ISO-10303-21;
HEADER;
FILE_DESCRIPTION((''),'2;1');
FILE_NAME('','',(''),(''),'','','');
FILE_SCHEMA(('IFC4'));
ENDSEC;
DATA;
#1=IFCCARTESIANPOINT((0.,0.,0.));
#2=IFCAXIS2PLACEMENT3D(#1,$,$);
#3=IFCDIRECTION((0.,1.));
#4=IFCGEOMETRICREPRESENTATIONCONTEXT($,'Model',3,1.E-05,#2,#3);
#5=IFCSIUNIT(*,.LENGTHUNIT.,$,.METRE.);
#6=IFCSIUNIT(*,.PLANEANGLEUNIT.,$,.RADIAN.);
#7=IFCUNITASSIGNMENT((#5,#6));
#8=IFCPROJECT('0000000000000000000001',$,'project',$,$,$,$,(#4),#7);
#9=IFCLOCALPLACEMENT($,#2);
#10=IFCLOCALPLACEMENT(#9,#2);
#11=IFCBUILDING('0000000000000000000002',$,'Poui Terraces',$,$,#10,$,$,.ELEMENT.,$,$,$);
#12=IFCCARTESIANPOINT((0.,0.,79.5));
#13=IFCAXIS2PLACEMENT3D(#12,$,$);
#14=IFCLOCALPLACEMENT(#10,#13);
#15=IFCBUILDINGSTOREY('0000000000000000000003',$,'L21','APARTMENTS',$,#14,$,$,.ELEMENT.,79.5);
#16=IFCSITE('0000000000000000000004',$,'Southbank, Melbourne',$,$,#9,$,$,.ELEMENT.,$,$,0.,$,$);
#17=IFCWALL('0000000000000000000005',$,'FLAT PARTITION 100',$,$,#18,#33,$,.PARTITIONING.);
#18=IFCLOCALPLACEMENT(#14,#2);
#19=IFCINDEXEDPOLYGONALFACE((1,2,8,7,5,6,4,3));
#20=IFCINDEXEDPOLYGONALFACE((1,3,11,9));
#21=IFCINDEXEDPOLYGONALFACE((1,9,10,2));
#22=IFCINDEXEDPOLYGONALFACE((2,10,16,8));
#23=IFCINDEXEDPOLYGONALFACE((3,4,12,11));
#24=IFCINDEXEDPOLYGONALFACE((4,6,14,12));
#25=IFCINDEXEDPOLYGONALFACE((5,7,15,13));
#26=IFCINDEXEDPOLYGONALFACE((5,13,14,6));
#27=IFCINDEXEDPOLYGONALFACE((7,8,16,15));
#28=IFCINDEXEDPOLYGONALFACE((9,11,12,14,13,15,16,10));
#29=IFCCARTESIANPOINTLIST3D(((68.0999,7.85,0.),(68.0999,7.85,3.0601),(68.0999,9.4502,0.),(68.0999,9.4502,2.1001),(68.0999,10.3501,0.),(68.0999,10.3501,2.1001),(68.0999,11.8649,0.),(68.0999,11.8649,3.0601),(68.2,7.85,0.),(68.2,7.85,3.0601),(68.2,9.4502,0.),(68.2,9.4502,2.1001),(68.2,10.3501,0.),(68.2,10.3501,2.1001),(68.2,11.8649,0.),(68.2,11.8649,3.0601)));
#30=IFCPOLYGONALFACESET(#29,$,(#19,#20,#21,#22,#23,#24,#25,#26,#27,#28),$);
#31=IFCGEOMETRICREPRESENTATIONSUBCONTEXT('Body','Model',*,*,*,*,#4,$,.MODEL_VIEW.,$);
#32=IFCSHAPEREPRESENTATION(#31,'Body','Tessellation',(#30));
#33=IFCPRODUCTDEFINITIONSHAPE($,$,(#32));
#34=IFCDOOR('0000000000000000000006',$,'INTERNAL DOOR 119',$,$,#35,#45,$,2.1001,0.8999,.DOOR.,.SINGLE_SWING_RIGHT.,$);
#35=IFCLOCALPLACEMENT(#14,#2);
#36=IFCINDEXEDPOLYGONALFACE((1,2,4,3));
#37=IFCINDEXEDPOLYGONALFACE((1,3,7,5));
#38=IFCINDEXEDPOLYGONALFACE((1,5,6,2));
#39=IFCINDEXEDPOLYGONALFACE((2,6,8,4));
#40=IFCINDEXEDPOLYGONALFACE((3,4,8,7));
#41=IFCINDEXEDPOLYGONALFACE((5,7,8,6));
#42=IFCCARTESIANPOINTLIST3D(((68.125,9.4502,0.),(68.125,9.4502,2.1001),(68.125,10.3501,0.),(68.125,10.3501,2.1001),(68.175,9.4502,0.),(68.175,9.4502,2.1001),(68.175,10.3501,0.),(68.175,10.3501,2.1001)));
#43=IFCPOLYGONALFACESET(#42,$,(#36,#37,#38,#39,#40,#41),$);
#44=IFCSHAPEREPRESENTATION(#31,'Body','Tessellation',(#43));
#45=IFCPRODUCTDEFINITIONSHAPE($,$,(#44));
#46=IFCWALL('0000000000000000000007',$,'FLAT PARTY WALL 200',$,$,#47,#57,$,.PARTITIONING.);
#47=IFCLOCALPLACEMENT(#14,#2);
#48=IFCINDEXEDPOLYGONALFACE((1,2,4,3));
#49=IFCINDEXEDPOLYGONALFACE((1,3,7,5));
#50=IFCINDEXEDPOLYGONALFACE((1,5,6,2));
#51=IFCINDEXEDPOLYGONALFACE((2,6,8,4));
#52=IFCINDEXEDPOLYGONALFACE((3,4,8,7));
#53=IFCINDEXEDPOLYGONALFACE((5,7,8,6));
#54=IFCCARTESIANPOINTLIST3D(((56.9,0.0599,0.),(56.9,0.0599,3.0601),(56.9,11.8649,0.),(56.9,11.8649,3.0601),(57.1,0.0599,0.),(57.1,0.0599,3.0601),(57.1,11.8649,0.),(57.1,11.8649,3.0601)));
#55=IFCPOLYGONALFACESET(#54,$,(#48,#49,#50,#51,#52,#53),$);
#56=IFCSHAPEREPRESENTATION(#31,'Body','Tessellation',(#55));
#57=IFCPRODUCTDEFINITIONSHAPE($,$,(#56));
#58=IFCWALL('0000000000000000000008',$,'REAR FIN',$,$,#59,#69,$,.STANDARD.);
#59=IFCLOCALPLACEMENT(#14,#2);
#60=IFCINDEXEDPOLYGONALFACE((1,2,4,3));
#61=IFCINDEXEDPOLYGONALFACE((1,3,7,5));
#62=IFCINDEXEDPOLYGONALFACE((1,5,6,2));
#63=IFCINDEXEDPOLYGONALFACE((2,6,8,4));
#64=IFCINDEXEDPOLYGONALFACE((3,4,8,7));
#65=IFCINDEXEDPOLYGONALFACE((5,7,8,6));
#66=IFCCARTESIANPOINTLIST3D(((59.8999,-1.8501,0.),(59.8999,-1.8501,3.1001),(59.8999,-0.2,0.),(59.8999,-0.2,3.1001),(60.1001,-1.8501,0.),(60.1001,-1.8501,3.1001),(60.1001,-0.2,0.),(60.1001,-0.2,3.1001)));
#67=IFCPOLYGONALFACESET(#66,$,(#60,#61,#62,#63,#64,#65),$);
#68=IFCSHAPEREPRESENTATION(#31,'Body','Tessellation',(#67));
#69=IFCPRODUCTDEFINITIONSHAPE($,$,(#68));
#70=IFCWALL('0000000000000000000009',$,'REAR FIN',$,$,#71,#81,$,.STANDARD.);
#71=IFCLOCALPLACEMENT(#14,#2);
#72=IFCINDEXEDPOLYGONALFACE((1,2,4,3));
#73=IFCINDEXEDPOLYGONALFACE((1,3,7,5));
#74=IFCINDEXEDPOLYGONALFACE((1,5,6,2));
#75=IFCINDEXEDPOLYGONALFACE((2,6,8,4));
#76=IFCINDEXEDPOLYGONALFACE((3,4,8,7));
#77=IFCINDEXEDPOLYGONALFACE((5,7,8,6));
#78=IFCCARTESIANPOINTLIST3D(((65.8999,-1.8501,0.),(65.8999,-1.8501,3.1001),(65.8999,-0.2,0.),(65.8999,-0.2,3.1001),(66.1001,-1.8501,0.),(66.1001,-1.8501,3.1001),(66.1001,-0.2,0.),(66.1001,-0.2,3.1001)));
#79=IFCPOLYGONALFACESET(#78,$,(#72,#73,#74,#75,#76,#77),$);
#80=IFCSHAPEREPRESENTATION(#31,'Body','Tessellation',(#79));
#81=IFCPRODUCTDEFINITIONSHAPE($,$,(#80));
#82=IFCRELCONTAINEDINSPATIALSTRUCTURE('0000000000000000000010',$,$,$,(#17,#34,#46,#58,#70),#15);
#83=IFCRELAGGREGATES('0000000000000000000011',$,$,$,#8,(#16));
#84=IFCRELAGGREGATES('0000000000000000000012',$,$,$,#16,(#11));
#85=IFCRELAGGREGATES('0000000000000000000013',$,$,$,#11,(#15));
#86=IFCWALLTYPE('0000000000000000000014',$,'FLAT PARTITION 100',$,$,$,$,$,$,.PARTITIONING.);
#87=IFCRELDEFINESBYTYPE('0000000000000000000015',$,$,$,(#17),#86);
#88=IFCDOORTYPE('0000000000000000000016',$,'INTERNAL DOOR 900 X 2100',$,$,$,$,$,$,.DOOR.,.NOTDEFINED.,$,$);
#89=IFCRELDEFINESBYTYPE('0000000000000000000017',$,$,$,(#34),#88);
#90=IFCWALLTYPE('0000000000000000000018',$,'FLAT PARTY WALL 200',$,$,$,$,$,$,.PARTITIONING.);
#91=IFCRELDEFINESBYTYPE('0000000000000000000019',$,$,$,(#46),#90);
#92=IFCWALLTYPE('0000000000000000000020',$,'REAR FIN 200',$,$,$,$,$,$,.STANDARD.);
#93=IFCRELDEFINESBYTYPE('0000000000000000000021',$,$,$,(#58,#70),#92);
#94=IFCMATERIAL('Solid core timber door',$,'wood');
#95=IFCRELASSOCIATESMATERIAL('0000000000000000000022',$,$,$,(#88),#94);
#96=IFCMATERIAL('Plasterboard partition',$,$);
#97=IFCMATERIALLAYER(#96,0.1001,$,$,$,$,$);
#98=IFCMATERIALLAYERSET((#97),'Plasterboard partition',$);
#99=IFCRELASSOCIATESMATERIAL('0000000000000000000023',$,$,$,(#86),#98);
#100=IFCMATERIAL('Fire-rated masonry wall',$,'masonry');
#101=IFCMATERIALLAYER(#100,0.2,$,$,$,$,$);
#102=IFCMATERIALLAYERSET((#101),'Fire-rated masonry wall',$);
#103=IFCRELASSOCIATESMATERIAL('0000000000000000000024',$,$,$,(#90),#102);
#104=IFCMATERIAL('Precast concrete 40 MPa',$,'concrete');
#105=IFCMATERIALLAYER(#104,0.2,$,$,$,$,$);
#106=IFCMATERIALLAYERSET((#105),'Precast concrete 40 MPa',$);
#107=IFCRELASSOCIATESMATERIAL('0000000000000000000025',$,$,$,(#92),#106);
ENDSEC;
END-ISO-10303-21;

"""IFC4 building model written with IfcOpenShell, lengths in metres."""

from ifc_helpers import new_model, si_unit, direction, frame, frame_2d, origin, place, context, subcontext, project, spatial, polyline, rectangle, outline, extrude, source, transform, mapped, material, layer, layer_set, type_object, element, fill, save


model = new_model("IFC4")

# Units and contexts
model_context = context("Model", 3, precision=1e-05, world=origin(), true_north=direction((0.0, 1.0)))
body_context = subcontext(model_context, "Body", "Model", "MODEL_VIEW")
ifc_project = project(units=[si_unit("LENGTHUNIT", "METRE"), si_unit("PLANEANGLEUNIT", "RADIAN")], contexts=[model_context])

# Site, building, storey
site_placement = place(None, origin())
site = spatial("IfcSite", under=ifc_project, at=site_placement, Name="Southbank, Melbourne", CompositionType="ELEMENT", RefElevation=0.0)
building_placement = place(site_placement, origin())
building = spatial("IfcBuilding", under=site, at=building_placement, Name="Poui Terraces", CompositionType="ELEMENT")
storey_placement = place(building_placement, frame((0.0, 0.0, 79.5)))
storey = spatial("IfcBuildingStorey", under=building, at=storey_placement, Name="L21", Description="APARTMENTS", CompositionType="ELEMENT", Elevation=79.5)

# Shared definitions
ifc_material_1 = material(Name="Precast concrete 40 MPa", Category="concrete")

# Shared definitions
ifc_material_2 = material(Name="Solid core timber door", Category="wood")
door_type_1 = type_object("IfcDoorType", Name="INTERNAL DOOR 900 X 2100", OperationType="NOTDEFINED", PredefinedType="DOOR", material=ifc_material_2)

# Shared definitions
ifc_material_3 = material(Name="Plasterboard partition")
ifc_layer_1 = layer(ifc_material_3, 0.1001)
ifc_layer_set_1 = layer_set([ifc_layer_1], Name="Plasterboard partition")
wall_type_1 = type_object("IfcWallType", Name="FLAT PARTITION 100", PredefinedType="PARTITIONING", material=ifc_layer_set_1)

# Wall, opening, door
wall_1_placement = place(storey_placement, frame((68.1499, 7.8501, 0.0), z_axis=(0.0, 0.0, 1.0), x_axis=(0.0, 1.0, 0.0)))
wall_1 = element("IfcWall", 1, at=wall_1_placement, inside=storey, type_object=wall_type_1, Name="FLAT PARTITION 100", PredefinedType="PARTITIONING", context=body_context, shape_type="SweptSolid", body=[
    extrude(rectangle(XDim=4.0149, YDim=0.1001, at=frame_2d((2.0073, 0.0))), origin(), (0.0, 0.0, 1.0), 3.0601),
])
opening_1_placement = place(wall_1_placement, frame((1.6001, 0.0, 0.0)))
opening_1 = element("IfcOpeningElement", 2, at=opening_1_placement, cuts=wall_1, PredefinedType="OPENING", context=body_context, shape_type="SweptSolid", body=[
    extrude(rectangle(XDim=0.8999, YDim=2.1001, at=frame_2d((0.45, 1.05))), frame((0.0, 0.0601, 0.0), z_axis=(0.0, -1.0, 0.0), x_axis=(1.0, 0.0, 0.0)), (0.0, 0.0, 1.0), 0.1201),
])
door_1_placement = place(opening_1_placement, origin())
door_1 = element("IfcDoor", 3, at=door_1_placement, inside=storey, type_object=door_type_1, Name="INTERNAL DOOR 119", OperationType="SINGLE_SWING_RIGHT", OverallHeight=2.1001, OverallWidth=0.8999, PredefinedType="DOOR", context=body_context, shape_type="SweptSolid", body=[
    extrude(rectangle(XDim=0.8999, YDim=2.1001, at=frame_2d((0.45, 1.05))), frame((0.0, 0.0249, 0.0), z_axis=(0.0, -1.0, 0.0), x_axis=(1.0, 0.0, 0.0)), (0.0, 0.0, 1.0), 0.05),
])
fill(opening_1, door_1)

# Walls
ifc_material_4 = material(Name="Fire-rated masonry wall", Category="masonry")
ifc_layer_2 = layer(ifc_material_4, 0.2)
ifc_layer_set_2 = layer_set([ifc_layer_2], Name="Fire-rated masonry wall")
wall_type_2 = type_object("IfcWallType", Name="FLAT PARTY WALL 200", PredefinedType="PARTITIONING", material=ifc_layer_set_2)
wall_2_placement = place(storey_placement, frame((57.0, 0.0601, 0.0), z_axis=(0.0, 0.0, 1.0), x_axis=(0.0, 1.0, 0.0)))
element("IfcWall", 4, at=wall_2_placement, inside=storey, type_object=wall_type_2, Name="FLAT PARTY WALL 200", PredefinedType="PARTITIONING", context=body_context, shape_type="SweptSolid", body=[
    extrude(rectangle(XDim=11.8049, YDim=0.2, at=frame_2d((5.9023, 0.0))), origin(), (0.0, 0.0, 1.0), 3.0601),
])
ifc_layer_3 = layer(ifc_material_1, 0.2)
ifc_layer_set_3 = layer_set([ifc_layer_3], Name="Precast concrete 40 MPa")
wall_type_3 = type_object("IfcWallType", Name="REAR FIN 200", PredefinedType="STANDARD", material=ifc_layer_set_3)
shared_shape_1 = source(origin(), body_context, "Body", "SweptSolid", [
    extrude(outline(polyline([(0.0, 0.0), (0.2002, 0.0), (0.2002, 1.6501), (0.0, 1.6501), (0.0, 0.0)])), origin(), (0.0, 0.0, 1.0), 3.1001),
])
for number, where, name in (
    (5, (59.8999, -1.8501, 0.0), "REAR FIN"),
    (6, (65.8999, -1.8501, 0.0), "REAR FIN"),
):
    element("IfcWall", number, at=place(storey_placement, frame(where)), inside=storey, type_object=wall_type_3, Name=name, PredefinedType="STANDARD", context=body_context, shape_type="MappedRepresentation", body=[
        mapped(shared_shape_1, transform((0.0, 0.0, 0.0))),
    ])

save(model, "model.ifc")
